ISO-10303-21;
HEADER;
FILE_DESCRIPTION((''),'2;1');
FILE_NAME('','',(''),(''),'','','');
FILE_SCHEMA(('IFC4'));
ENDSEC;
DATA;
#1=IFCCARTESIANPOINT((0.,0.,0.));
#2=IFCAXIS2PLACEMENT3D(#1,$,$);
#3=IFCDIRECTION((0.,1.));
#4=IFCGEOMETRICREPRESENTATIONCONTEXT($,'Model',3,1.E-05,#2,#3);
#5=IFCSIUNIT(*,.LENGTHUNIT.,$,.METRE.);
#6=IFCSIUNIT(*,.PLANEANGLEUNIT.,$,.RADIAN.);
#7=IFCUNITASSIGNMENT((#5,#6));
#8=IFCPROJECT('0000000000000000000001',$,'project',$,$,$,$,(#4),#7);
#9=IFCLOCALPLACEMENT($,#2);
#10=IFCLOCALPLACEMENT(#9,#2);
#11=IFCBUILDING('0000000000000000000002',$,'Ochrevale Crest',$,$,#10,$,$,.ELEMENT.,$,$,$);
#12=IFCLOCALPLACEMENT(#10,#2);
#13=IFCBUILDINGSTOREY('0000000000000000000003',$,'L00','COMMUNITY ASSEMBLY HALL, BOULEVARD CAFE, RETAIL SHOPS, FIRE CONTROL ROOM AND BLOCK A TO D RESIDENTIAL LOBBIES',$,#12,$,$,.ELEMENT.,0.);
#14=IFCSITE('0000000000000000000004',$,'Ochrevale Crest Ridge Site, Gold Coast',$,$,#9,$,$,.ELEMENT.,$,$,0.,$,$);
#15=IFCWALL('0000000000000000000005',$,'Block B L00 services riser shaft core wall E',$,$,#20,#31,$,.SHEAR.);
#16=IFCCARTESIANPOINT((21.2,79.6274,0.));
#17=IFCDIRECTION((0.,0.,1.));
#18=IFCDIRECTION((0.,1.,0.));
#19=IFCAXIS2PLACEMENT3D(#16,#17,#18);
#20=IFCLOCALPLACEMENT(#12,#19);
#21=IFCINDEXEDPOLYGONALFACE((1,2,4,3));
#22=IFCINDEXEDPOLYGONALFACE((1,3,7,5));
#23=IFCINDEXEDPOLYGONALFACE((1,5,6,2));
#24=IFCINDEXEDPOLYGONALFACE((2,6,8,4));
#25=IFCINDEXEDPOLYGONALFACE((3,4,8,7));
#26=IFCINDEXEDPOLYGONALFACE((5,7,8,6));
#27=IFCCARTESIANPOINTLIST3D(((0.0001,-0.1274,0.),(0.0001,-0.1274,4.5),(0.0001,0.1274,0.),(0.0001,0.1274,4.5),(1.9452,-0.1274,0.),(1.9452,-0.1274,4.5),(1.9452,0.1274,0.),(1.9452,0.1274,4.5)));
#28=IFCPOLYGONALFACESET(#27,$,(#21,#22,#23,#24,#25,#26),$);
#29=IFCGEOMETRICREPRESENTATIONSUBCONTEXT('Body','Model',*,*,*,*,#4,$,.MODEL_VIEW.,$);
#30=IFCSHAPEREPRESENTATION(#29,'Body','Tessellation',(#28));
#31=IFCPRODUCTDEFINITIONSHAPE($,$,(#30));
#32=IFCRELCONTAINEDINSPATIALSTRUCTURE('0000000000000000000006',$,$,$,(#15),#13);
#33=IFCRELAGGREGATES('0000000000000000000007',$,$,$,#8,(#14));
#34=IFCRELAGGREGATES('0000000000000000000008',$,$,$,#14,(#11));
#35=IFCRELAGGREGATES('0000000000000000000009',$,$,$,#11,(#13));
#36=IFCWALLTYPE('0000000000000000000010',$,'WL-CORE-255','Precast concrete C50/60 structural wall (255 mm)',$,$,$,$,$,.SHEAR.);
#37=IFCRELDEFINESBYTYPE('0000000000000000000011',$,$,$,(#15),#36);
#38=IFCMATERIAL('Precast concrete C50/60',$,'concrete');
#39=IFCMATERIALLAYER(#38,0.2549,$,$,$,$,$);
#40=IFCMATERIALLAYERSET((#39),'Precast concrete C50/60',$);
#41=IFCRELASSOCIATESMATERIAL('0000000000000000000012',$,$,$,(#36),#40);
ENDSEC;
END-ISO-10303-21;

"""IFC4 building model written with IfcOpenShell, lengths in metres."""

from ifc_helpers import new_model, si_unit, direction, frame, frame_2d, origin, place, context, subcontext, project, spatial, rectangle, extrude, material, layer, layer_set, type_object, element, save


model = new_model("IFC4")

# Units and contexts
model_context = context("Model", 3, precision=1e-05, world=origin(), true_north=direction((0.0, 1.0)))
body_context = subcontext(model_context, "Body", "Model", "MODEL_VIEW")
ifc_project = project(units=[si_unit("LENGTHUNIT", "METRE"), si_unit("PLANEANGLEUNIT", "RADIAN")], contexts=[model_context])

# Site, building, storey
site_placement = place(None, origin())
site = spatial("IfcSite", under=ifc_project, at=site_placement, Name="Ochrevale Crest Ridge Site, Gold Coast", CompositionType="ELEMENT", RefElevation=0.0)
building_placement = place(site_placement, origin())
building = spatial("IfcBuilding", under=site, at=building_placement, Name="Ochrevale Crest", CompositionType="ELEMENT")
storey_placement = place(building_placement, origin())
storey = spatial("IfcBuildingStorey", under=building, at=storey_placement, Name="L00", Description="COMMUNITY ASSEMBLY HALL, BOULEVARD CAFE, RETAIL SHOPS, FIRE CONTROL ROOM AND BLOCK A TO D RESIDENTIAL LOBBIES", CompositionType="ELEMENT", Elevation=0.0)

# Shared definitions
ifc_material_1 = material(Name="Precast concrete C50/60", Category="concrete")

# Shared definitions
ifc_layer = layer(ifc_material_1, 0.2549)
ifc_layer_set = layer_set([ifc_layer], Name="Precast concrete C50/60")
wall_type = type_object("IfcWallType", Name="WL-CORE-255", Description="Precast concrete C50/60 structural wall (255 mm)", PredefinedType="SHEAR", material=ifc_layer_set)

# Wall
wall_1_placement = place(storey_placement, frame((21.2, 79.6274, 0.0), z_axis=(0.0, 0.0, 1.0), x_axis=(0.0, 1.0, 0.0)))
element("IfcWall", 1, at=wall_1_placement, inside=storey, type_object=wall_type, Name="Block B L00 services riser shaft core wall E", PredefinedType="SHEAR", context=body_context, shape_type="SweptSolid", body=[
    extrude(rectangle(XDim=1.9451, YDim=0.2549, at=frame_2d((0.9727, 0.0))), origin(), (0.0, 0.0, 1.0), 4.5),
])

save(model, "model.ifc")
